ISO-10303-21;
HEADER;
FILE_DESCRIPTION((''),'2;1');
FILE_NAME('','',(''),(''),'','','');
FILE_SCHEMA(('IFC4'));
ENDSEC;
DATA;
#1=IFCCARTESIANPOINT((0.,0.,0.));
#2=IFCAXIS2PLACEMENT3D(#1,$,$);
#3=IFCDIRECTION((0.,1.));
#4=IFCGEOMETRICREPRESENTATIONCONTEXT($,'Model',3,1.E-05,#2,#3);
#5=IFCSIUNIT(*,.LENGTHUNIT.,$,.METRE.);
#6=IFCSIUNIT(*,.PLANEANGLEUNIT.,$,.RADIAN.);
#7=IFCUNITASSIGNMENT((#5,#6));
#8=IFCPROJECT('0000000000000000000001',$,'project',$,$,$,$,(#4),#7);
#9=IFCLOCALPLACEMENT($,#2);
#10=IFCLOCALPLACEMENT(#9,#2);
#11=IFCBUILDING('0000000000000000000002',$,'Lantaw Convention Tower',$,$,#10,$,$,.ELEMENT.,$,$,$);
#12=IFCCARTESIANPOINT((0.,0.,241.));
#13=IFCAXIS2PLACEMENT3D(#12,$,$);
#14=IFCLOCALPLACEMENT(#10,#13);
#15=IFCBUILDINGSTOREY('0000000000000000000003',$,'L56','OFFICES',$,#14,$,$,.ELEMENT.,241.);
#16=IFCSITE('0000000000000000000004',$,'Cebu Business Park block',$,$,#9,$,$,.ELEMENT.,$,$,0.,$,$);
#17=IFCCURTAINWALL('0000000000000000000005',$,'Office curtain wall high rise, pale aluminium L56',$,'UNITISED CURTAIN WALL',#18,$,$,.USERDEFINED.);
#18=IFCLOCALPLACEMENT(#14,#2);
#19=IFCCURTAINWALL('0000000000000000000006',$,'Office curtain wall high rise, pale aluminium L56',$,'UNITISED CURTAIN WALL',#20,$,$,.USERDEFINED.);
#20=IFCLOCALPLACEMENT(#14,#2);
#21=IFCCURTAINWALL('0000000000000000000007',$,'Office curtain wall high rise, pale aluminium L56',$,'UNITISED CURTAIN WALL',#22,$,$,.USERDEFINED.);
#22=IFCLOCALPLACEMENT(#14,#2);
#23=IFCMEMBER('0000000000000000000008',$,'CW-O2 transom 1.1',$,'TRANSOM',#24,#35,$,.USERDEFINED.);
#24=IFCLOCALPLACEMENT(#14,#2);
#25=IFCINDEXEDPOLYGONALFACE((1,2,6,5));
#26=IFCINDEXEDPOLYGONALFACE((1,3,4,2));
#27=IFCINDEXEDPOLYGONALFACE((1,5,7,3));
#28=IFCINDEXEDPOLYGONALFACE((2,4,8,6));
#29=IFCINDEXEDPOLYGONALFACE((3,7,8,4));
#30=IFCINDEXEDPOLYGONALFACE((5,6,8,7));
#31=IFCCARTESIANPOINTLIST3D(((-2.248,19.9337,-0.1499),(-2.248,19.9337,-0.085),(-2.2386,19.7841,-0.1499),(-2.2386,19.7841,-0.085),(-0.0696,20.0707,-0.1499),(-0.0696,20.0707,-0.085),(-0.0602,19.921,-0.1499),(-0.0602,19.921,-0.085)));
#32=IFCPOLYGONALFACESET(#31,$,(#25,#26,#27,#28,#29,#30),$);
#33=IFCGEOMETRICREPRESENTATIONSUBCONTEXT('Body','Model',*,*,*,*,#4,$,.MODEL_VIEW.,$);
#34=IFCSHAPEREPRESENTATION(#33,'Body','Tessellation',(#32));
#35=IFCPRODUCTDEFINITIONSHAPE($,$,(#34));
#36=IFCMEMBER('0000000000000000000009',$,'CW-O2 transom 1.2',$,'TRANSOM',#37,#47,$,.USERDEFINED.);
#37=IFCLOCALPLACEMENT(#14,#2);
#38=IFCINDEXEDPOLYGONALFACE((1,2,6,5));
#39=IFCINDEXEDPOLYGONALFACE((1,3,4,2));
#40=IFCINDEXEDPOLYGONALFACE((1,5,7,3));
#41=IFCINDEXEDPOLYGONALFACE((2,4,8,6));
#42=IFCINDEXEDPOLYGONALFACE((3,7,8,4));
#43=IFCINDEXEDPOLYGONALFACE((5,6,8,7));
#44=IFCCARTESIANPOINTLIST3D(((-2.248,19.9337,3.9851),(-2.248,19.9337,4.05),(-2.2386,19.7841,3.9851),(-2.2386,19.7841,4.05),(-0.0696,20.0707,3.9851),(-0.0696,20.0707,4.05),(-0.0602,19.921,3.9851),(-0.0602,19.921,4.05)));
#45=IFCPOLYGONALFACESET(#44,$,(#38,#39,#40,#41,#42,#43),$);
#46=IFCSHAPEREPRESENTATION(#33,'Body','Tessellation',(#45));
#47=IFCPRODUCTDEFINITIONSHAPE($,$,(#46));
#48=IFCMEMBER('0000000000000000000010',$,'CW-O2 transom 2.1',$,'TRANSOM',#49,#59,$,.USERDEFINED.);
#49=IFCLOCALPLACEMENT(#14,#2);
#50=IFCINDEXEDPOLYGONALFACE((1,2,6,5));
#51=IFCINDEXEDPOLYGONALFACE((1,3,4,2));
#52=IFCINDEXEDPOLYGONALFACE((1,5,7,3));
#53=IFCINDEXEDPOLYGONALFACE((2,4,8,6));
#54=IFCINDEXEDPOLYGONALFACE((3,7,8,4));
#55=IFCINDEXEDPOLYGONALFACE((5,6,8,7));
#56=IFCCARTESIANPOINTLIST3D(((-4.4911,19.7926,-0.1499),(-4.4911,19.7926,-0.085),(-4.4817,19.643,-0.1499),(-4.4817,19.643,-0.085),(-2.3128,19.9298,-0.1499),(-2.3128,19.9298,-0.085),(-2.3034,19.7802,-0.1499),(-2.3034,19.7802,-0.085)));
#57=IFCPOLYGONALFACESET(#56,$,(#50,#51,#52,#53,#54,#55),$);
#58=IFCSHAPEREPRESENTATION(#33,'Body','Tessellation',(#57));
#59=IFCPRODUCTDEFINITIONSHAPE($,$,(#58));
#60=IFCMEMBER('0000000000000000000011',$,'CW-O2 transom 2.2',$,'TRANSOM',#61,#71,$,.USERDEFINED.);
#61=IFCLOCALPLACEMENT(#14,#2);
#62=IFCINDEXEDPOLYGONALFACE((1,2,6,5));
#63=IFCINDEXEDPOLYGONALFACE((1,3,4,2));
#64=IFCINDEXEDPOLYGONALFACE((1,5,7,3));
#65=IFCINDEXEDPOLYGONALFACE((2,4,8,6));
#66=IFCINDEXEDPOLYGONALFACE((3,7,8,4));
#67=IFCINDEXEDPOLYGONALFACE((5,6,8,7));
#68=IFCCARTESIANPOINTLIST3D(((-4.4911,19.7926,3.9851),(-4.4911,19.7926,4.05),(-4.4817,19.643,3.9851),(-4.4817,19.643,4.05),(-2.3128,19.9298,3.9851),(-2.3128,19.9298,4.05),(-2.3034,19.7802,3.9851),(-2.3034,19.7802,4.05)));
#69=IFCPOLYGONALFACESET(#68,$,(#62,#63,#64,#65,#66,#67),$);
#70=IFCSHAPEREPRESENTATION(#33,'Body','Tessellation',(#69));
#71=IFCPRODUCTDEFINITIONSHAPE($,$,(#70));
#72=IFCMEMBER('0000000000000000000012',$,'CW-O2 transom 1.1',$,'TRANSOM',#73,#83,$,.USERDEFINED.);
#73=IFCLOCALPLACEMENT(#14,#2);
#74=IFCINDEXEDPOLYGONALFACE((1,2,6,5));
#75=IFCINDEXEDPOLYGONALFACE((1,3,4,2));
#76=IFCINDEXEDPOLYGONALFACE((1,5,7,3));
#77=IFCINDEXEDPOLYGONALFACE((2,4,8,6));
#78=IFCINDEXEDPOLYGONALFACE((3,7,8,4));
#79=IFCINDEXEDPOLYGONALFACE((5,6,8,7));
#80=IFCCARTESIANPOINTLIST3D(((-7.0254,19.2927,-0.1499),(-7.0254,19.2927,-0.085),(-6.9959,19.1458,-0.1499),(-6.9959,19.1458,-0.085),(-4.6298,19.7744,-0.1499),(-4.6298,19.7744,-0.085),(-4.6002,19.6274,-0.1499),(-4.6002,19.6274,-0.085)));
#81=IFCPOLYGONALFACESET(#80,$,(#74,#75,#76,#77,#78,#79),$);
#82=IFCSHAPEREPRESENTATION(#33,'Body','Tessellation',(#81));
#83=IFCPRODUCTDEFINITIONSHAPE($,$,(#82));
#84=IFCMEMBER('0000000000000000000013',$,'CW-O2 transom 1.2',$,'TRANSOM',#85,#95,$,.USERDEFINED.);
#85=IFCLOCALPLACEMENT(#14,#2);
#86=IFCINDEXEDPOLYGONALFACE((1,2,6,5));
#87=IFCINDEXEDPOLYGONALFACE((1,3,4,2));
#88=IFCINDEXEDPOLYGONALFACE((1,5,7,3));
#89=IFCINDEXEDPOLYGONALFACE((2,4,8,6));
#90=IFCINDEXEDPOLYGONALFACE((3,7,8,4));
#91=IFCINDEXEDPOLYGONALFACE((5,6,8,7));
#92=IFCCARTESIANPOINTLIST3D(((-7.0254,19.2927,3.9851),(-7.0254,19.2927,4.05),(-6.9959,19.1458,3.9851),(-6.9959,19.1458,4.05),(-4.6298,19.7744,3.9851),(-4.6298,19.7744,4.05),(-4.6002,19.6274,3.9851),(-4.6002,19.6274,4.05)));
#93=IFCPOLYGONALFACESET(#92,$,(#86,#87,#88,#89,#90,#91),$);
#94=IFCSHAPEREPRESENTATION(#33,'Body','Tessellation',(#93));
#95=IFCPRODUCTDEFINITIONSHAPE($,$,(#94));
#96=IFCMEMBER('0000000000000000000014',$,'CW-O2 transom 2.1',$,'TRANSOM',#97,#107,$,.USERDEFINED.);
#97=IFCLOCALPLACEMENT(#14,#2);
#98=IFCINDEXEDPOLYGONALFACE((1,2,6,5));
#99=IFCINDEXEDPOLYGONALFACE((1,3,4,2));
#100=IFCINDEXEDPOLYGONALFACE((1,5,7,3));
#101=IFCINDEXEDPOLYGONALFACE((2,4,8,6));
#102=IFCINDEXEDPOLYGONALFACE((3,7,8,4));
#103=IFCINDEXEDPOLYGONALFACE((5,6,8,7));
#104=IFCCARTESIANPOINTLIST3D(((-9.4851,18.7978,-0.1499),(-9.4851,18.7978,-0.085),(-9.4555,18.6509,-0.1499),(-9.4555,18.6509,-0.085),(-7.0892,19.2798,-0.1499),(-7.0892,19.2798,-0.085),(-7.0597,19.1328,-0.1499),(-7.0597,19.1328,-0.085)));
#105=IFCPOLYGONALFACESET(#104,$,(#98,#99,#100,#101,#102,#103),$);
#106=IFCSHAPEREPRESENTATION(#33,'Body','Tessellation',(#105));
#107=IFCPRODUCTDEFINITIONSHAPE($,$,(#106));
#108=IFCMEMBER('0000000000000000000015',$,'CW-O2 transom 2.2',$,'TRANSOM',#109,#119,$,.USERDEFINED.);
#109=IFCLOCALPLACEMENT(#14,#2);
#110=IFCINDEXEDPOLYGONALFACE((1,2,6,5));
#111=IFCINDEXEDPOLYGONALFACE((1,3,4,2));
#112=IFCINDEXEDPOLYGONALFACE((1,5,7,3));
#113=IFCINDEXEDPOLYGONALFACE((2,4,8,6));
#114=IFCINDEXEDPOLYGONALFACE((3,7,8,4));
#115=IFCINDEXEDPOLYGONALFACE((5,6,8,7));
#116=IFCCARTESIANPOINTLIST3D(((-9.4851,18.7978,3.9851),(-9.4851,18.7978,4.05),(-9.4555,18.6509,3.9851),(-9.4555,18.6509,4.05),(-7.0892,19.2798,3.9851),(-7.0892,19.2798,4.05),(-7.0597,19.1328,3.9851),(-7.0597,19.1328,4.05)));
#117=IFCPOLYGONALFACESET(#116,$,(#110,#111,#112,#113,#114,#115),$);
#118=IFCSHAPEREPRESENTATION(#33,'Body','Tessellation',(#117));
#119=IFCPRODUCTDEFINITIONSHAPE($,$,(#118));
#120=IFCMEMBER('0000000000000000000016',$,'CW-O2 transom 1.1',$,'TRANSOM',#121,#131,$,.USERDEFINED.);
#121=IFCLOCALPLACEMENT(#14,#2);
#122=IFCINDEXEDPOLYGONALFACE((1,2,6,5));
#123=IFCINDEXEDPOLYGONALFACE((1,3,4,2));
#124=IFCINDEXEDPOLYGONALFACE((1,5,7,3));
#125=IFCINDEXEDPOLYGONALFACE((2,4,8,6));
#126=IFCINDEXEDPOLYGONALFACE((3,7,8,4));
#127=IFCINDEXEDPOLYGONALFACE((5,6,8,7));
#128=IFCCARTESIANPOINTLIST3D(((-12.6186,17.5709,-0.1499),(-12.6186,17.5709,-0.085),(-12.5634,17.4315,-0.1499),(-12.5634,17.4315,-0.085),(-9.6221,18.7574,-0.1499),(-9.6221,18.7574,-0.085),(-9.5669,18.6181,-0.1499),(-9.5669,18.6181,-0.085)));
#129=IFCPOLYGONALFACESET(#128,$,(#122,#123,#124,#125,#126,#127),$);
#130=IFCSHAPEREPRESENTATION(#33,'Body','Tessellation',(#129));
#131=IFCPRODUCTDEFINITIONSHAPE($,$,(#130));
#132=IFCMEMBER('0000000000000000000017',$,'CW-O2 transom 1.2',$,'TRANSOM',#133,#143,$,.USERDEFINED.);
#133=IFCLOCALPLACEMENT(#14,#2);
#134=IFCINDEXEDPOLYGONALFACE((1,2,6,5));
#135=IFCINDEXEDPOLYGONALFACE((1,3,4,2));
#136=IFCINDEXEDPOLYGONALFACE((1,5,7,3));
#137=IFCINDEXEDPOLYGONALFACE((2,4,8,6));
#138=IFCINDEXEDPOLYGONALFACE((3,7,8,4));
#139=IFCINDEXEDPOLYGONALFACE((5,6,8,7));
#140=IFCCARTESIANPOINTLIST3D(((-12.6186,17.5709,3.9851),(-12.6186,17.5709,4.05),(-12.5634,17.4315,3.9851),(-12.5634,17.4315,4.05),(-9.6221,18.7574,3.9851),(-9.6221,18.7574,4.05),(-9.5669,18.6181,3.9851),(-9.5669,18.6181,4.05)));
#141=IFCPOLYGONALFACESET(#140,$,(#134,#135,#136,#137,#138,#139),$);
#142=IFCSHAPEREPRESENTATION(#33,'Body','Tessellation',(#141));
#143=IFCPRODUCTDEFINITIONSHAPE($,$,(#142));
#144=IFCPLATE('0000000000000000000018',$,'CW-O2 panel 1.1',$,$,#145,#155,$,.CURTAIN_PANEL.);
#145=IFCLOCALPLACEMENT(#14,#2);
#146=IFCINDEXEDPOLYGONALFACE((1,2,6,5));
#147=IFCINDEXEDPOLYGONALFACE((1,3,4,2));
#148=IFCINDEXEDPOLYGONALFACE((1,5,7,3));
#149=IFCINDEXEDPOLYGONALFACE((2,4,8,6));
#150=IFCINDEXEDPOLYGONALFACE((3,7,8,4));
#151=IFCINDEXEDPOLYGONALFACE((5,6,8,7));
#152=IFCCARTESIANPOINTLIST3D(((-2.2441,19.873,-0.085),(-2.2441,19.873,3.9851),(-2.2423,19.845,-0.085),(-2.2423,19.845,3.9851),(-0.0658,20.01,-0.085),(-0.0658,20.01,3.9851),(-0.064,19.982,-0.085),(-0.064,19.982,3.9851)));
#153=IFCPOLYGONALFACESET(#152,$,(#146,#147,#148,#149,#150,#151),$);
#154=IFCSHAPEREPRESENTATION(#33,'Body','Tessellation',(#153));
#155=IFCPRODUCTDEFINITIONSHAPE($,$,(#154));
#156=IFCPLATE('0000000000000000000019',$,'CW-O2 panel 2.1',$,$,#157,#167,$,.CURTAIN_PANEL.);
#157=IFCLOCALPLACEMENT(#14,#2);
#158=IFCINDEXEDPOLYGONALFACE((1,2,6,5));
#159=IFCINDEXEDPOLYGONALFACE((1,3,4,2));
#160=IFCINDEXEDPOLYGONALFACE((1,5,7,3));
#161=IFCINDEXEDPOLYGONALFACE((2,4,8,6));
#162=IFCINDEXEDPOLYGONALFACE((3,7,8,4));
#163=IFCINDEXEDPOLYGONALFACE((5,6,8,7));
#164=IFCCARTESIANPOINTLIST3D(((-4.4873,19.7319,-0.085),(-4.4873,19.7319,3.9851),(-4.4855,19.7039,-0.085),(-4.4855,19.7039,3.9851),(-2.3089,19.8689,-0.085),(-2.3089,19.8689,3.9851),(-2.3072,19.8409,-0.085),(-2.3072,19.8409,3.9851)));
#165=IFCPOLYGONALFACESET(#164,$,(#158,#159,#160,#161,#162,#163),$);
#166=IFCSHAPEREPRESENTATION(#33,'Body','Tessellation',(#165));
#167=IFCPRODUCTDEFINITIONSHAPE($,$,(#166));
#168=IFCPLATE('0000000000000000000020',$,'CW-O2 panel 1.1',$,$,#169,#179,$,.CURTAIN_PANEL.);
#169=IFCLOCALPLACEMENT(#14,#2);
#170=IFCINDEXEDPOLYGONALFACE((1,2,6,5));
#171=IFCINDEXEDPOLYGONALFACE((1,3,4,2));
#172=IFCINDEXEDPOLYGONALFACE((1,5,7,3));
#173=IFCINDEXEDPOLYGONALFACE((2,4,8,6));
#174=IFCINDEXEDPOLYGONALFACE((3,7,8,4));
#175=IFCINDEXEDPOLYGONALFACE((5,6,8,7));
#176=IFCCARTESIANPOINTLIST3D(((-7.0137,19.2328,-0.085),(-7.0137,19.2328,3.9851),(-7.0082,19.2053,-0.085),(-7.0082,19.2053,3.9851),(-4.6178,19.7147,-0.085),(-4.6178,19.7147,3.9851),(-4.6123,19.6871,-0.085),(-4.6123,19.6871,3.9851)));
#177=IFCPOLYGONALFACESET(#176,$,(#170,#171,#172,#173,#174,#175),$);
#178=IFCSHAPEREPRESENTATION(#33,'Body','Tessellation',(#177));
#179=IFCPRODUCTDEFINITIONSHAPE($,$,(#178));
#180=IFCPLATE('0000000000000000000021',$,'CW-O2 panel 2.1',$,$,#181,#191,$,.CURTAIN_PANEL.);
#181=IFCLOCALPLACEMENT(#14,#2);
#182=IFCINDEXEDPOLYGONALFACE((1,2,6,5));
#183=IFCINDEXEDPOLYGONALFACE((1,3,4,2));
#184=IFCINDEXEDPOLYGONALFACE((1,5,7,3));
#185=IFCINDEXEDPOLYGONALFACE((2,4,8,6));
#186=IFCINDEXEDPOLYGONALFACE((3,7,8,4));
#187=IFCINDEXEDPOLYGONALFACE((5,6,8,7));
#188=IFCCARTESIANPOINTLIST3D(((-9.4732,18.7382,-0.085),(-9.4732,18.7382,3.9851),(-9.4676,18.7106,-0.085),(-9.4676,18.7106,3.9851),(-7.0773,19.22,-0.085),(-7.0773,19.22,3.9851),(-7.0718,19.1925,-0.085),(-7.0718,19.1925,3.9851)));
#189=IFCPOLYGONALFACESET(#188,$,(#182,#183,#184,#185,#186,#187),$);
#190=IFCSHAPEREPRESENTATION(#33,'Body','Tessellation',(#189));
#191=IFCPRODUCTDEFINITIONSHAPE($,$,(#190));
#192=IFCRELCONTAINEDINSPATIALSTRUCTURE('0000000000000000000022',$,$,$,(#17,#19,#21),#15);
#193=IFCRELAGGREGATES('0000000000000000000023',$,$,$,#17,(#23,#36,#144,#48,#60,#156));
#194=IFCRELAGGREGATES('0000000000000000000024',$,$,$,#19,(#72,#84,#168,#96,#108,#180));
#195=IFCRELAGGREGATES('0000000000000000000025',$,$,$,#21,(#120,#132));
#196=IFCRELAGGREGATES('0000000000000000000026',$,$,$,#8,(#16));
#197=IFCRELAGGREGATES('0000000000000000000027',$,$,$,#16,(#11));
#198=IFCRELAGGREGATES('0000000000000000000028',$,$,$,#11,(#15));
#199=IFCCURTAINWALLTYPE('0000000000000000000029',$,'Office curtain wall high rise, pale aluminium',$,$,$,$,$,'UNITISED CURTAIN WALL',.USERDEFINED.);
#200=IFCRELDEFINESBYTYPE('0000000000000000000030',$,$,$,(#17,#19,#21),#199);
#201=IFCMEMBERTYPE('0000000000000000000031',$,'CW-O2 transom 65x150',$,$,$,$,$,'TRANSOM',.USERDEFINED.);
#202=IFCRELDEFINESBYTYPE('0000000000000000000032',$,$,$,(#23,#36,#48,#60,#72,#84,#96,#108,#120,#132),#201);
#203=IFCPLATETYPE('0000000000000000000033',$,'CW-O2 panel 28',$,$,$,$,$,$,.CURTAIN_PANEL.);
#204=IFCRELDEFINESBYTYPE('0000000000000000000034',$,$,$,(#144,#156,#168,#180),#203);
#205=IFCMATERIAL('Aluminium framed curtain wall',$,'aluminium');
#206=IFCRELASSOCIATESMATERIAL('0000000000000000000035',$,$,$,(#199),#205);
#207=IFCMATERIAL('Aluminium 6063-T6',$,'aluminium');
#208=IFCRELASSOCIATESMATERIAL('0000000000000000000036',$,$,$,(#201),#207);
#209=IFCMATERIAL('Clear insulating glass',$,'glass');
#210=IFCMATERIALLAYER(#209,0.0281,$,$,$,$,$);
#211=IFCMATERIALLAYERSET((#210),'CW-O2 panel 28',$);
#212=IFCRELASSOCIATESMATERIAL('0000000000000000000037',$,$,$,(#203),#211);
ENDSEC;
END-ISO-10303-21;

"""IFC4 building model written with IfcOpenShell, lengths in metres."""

from ifc_helpers import new_model, si_unit, direction, frame, origin, origin_2d, place, context, subcontext, project, spatial, rectangle, extrude, material, layer, layer_set, material_profile, profile_set, type_object, element, aggregate, save


model = new_model("IFC4")

# Units and contexts
model_context = context("Model", 3, precision=1e-05, world=origin(), true_north=direction((0.0, 1.0)))
body_context = subcontext(model_context, "Body", "Model", "MODEL_VIEW")
ifc_project = project(units=[si_unit("LENGTHUNIT", "METRE"), si_unit("PLANEANGLEUNIT", "RADIAN")], contexts=[model_context])

# Site, building, storey
site_placement = place(None, origin())
site = spatial("IfcSite", under=ifc_project, at=site_placement, Name="Cebu Business Park block", CompositionType="ELEMENT", RefElevation=0.0)
building_placement = place(site_placement, origin())
building = spatial("IfcBuilding", under=site, at=building_placement, Name="Lantaw Convention Tower", CompositionType="ELEMENT")
storey_placement = place(building_placement, frame((0.0, 0.0, 241.0)))
storey = spatial("IfcBuildingStorey", under=building, at=storey_placement, Name="L56", Description="OFFICES", CompositionType="ELEMENT", Elevation=241.0)

# Curtain walls
ifc_material_1 = material(Name="Aluminium framed curtain wall", Category="aluminium")
curtain_wall_type = type_object("IfcCurtainWallType", Name="Office curtain wall high rise, pale aluminium", ElementType="UNITISED CURTAIN WALL", PredefinedType="USERDEFINED", material=ifc_material_1)
curtain_wall_1_placement = place(storey_placement, origin())
curtain_wall_1 = element("IfcCurtainWall", 1, at=curtain_wall_1_placement, inside=storey, type_object=curtain_wall_type, Name="Office curtain wall high rise, pale aluminium L56", ObjectType="UNITISED CURTAIN WALL", PredefinedType="USERDEFINED")
ifc_material_2 = material(Name="Aluminium 6063-T6", Category="aluminium")
curtain_wall_2_placement = place(storey_placement, origin())
curtain_wall_2 = element("IfcCurtainWall", 2, at=curtain_wall_2_placement, inside=storey, type_object=curtain_wall_type, Name="Office curtain wall high rise, pale aluminium L56", ObjectType="UNITISED CURTAIN WALL", PredefinedType="USERDEFINED")

# Curtain wall
curtain_wall_3_placement = place(storey_placement, origin())
curtain_wall_3 = element("IfcCurtainWall", 3, at=curtain_wall_3_placement, inside=storey, type_object=curtain_wall_type, Name="Office curtain wall high rise, pale aluminium L56", ObjectType="UNITISED CURTAIN WALL", PredefinedType="USERDEFINED")

# Members
ifc_material_profile_1 = material_profile(ifc_material_2, rectangle(XDim=0.1499, YDim=0.0649, at=origin_2d()), Name="CW-O2 transom 65x150")
ifc_profile_set_1 = profile_set([ifc_material_profile_1], Name="Aluminium 6063-T6")
member_type_1 = type_object("IfcMemberType", Name="CW-O2 transom 65x150", ElementType="TRANSOM", PredefinedType="USERDEFINED", material=ifc_profile_set_1)
member_1_placement = place(storey_placement, frame((-0.0649, 19.9958, -0.1174), z_axis=(-0.998029, -0.062754, 0.0), x_axis=(0.062754, -0.998029, 0.0)))
member_1 = element("IfcMember", 4, at=member_1_placement, type_object=member_type_1, Name="CW-O2 transom 1.1", ObjectType="TRANSOM", PredefinedType="USERDEFINED", context=body_context, shape_type="SweptSolid", body=[
    extrude(rectangle(XDim=0.1499, YDim=0.0649, at=origin_2d()), origin(), (0.0, 0.0, 1.0), 2.1826),
])
member_2_placement = place(storey_placement, frame((-0.0649, 19.9958, 4.0176), z_axis=(-0.998029, -0.062754, 0.0), x_axis=(0.062754, -0.998029, 0.0)))
member_2 = element("IfcMember", 5, at=member_2_placement, type_object=member_type_1, Name="CW-O2 transom 1.2", ObjectType="TRANSOM", PredefinedType="USERDEFINED", context=body_context, shape_type="SweptSolid", body=[
    extrude(rectangle(XDim=0.1499, YDim=0.0649, at=origin_2d()), origin(), (0.0, 0.0, 1.0), 2.1826),
])
member_3_placement = place(storey_placement, frame((-2.3081, 19.855, -0.1174), z_axis=(-0.998022, -0.062866, 0.0), x_axis=(0.062866, -0.998022, 0.0)))
member_3 = element("IfcMember", 6, at=member_3_placement, type_object=member_type_1, Name="CW-O2 transom 2.1", ObjectType="TRANSOM", PredefinedType="USERDEFINED", context=body_context, shape_type="SweptSolid", body=[
    extrude(rectangle(XDim=0.1499, YDim=0.0649, at=origin_2d()), origin(), (0.0, 0.0, 1.0), 2.1826),
])
member_4_placement = place(storey_placement, frame((-2.3081, 19.855, 4.0176), z_axis=(-0.998022, -0.062866, 0.0), x_axis=(0.062866, -0.998022, 0.0)))
member_4 = element("IfcMember", 7, at=member_4_placement, type_object=member_type_1, Name="CW-O2 transom 2.2", ObjectType="TRANSOM", PredefinedType="USERDEFINED", context=body_context, shape_type="SweptSolid", body=[
    extrude(rectangle(XDim=0.1499, YDim=0.0649, at=origin_2d()), origin(), (0.0, 0.0, 1.0), 2.1826),
])
member_5_placement = place(storey_placement, frame((-4.615, 19.7009, -0.1174), z_axis=(-0.98038, -0.197115, 0.0), x_axis=(0.197115, -0.98038, 0.0)))
member_5 = element("IfcMember", 8, at=member_5_placement, type_object=member_type_1, Name="CW-O2 transom 1.1", ObjectType="TRANSOM", PredefinedType="USERDEFINED", context=body_context, shape_type="SweptSolid", body=[
    extrude(rectangle(XDim=0.1499, YDim=0.0649, at=origin_2d()), origin(), (0.0, 0.0, 1.0), 2.4436),
])
member_6_placement = place(storey_placement, frame((-4.615, 19.7009, 4.0176), z_axis=(-0.98038, -0.197115, 0.0), x_axis=(0.197115, -0.98038, 0.0)))
member_6 = element("IfcMember", 9, at=member_6_placement, type_object=member_type_1, Name="CW-O2 transom 1.2", ObjectType="TRANSOM", PredefinedType="USERDEFINED", context=body_context, shape_type="SweptSolid", body=[
    extrude(rectangle(XDim=0.1499, YDim=0.0649, at=origin_2d()), origin(), (0.0, 0.0, 1.0), 2.4436),
])
member_7_placement = place(storey_placement, frame((-7.0745, 19.2063, -0.1174), z_axis=(-0.980361, -0.197211, 0.0), x_axis=(0.197211, -0.980361, 0.0)))
member_7 = element("IfcMember", 10, at=member_7_placement, type_object=member_type_1, Name="CW-O2 transom 2.1", ObjectType="TRANSOM", PredefinedType="USERDEFINED", context=body_context, shape_type="SweptSolid", body=[
    extrude(rectangle(XDim=0.1499, YDim=0.0649, at=origin_2d()), origin(), (0.0, 0.0, 1.0), 2.4438),
])
member_8_placement = place(storey_placement, frame((-7.0745, 19.2063, 4.0176), z_axis=(-0.980361, -0.197211, 0.0), x_axis=(0.197211, -0.980361, 0.0)))
member_8 = element("IfcMember", 11, at=member_8_placement, type_object=member_type_1, Name="CW-O2 transom 2.2", ObjectType="TRANSOM", PredefinedType="USERDEFINED", context=body_context, shape_type="SweptSolid", body=[
    extrude(rectangle(XDim=0.1499, YDim=0.0649, at=origin_2d()), origin(), (0.0, 0.0, 1.0), 2.4438),
])
member_9_placement = place(storey_placement, frame((-9.5945, 18.6877, -0.1174), z_axis=(-0.929767, -0.368149, 0.0), x_axis=(0.368149, -0.929767, 0.0)))
member_9 = element("IfcMember", 12, at=member_9_placement, type_object=member_type_1, Name="CW-O2 transom 1.1", ObjectType="TRANSOM", PredefinedType="USERDEFINED", context=body_context, shape_type="SweptSolid", body=[
    extrude(rectangle(XDim=0.1499, YDim=0.0649, at=origin_2d()), origin(), (0.0, 0.0, 1.0), 3.2229),
])
member_10_placement = place(storey_placement, frame((-9.5945, 18.6877, 4.0176), z_axis=(-0.929767, -0.368149, 0.0), x_axis=(0.368149, -0.929767, 0.0)))
member_10 = element("IfcMember", 13, at=member_10_placement, type_object=member_type_1, Name="CW-O2 transom 1.2", ObjectType="TRANSOM", PredefinedType="USERDEFINED", context=body_context, shape_type="SweptSolid", body=[
    extrude(rectangle(XDim=0.1499, YDim=0.0649, at=origin_2d()), origin(), (0.0, 0.0, 1.0), 3.2229),
])

# Plates
ifc_material_3 = material(Name="Clear insulating glass", Category="glass")
ifc_layer_1 = layer(ifc_material_3, 0.0281)
ifc_layer_set_1 = layer_set([ifc_layer_1], Name="CW-O2 panel 28")
plate_type_1 = type_object("IfcPlateType", Name="CW-O2 panel 28", PredefinedType="CURTAIN_PANEL", material=ifc_layer_set_1)
plate_1_placement = place(storey_placement, frame((-1.1541, 19.9275, -0.085), z_axis=(0.0, 0.0, 1.0), x_axis=(-0.998029, -0.062758, 0.0)))
plate_1 = element("IfcPlate", 14, at=plate_1_placement, type_object=plate_type_1, Name="CW-O2 panel 1.1", PredefinedType="CURTAIN_PANEL", context=body_context, shape_type="SweptSolid", body=[
    extrude(rectangle(XDim=2.1826, YDim=0.0281, at=origin_2d()), origin(), (0.0, 0.0, 1.0), 4.0701),
])
plate_2_placement = place(storey_placement, frame((-3.3972, 19.7864, -0.085), z_axis=(0.0, 0.0, 1.0), x_axis=(-0.998029, -0.062758, 0.0)))
plate_2 = element("IfcPlate", 15, at=plate_2_placement, type_object=plate_type_1, Name="CW-O2 panel 2.1", PredefinedType="CURTAIN_PANEL", context=body_context, shape_type="SweptSolid", body=[
    extrude(rectangle(XDim=2.1826, YDim=0.0281, at=origin_2d()), origin(), (0.0, 0.0, 1.0), 4.0701),
])
aggregate(curtain_wall_1, [member_1, member_2, plate_1, member_3, member_4, plate_2])
plate_3_placement = place(storey_placement, frame((-5.813, 19.46, -0.085), z_axis=(0.0, 0.0, 1.0), x_axis=(-0.980367, -0.197183, 0.0)))
plate_3 = element("IfcPlate", 16, at=plate_3_placement, type_object=plate_type_1, Name="CW-O2 panel 1.1", PredefinedType="CURTAIN_PANEL", context=body_context, shape_type="SweptSolid", body=[
    extrude(rectangle(XDim=2.4438, YDim=0.0281, at=origin_2d()), origin(), (0.0, 0.0, 1.0), 4.0701),
])
plate_4_placement = place(storey_placement, frame((-8.2725, 18.9653, -0.085), z_axis=(0.0, 0.0, 1.0), x_axis=(-0.980367, -0.197183, 0.0)))
plate_4 = element("IfcPlate", 17, at=plate_4_placement, type_object=plate_type_1, Name="CW-O2 panel 2.1", PredefinedType="CURTAIN_PANEL", context=body_context, shape_type="SweptSolid", body=[
    extrude(rectangle(XDim=2.4438, YDim=0.0281, at=origin_2d()), origin(), (0.0, 0.0, 1.0), 4.0701),
])
aggregate(curtain_wall_2, [member_5, member_6, plate_3, member_7, member_8, plate_4])
aggregate(curtain_wall_3, [member_9, member_10])

save(model, "model.ifc")
